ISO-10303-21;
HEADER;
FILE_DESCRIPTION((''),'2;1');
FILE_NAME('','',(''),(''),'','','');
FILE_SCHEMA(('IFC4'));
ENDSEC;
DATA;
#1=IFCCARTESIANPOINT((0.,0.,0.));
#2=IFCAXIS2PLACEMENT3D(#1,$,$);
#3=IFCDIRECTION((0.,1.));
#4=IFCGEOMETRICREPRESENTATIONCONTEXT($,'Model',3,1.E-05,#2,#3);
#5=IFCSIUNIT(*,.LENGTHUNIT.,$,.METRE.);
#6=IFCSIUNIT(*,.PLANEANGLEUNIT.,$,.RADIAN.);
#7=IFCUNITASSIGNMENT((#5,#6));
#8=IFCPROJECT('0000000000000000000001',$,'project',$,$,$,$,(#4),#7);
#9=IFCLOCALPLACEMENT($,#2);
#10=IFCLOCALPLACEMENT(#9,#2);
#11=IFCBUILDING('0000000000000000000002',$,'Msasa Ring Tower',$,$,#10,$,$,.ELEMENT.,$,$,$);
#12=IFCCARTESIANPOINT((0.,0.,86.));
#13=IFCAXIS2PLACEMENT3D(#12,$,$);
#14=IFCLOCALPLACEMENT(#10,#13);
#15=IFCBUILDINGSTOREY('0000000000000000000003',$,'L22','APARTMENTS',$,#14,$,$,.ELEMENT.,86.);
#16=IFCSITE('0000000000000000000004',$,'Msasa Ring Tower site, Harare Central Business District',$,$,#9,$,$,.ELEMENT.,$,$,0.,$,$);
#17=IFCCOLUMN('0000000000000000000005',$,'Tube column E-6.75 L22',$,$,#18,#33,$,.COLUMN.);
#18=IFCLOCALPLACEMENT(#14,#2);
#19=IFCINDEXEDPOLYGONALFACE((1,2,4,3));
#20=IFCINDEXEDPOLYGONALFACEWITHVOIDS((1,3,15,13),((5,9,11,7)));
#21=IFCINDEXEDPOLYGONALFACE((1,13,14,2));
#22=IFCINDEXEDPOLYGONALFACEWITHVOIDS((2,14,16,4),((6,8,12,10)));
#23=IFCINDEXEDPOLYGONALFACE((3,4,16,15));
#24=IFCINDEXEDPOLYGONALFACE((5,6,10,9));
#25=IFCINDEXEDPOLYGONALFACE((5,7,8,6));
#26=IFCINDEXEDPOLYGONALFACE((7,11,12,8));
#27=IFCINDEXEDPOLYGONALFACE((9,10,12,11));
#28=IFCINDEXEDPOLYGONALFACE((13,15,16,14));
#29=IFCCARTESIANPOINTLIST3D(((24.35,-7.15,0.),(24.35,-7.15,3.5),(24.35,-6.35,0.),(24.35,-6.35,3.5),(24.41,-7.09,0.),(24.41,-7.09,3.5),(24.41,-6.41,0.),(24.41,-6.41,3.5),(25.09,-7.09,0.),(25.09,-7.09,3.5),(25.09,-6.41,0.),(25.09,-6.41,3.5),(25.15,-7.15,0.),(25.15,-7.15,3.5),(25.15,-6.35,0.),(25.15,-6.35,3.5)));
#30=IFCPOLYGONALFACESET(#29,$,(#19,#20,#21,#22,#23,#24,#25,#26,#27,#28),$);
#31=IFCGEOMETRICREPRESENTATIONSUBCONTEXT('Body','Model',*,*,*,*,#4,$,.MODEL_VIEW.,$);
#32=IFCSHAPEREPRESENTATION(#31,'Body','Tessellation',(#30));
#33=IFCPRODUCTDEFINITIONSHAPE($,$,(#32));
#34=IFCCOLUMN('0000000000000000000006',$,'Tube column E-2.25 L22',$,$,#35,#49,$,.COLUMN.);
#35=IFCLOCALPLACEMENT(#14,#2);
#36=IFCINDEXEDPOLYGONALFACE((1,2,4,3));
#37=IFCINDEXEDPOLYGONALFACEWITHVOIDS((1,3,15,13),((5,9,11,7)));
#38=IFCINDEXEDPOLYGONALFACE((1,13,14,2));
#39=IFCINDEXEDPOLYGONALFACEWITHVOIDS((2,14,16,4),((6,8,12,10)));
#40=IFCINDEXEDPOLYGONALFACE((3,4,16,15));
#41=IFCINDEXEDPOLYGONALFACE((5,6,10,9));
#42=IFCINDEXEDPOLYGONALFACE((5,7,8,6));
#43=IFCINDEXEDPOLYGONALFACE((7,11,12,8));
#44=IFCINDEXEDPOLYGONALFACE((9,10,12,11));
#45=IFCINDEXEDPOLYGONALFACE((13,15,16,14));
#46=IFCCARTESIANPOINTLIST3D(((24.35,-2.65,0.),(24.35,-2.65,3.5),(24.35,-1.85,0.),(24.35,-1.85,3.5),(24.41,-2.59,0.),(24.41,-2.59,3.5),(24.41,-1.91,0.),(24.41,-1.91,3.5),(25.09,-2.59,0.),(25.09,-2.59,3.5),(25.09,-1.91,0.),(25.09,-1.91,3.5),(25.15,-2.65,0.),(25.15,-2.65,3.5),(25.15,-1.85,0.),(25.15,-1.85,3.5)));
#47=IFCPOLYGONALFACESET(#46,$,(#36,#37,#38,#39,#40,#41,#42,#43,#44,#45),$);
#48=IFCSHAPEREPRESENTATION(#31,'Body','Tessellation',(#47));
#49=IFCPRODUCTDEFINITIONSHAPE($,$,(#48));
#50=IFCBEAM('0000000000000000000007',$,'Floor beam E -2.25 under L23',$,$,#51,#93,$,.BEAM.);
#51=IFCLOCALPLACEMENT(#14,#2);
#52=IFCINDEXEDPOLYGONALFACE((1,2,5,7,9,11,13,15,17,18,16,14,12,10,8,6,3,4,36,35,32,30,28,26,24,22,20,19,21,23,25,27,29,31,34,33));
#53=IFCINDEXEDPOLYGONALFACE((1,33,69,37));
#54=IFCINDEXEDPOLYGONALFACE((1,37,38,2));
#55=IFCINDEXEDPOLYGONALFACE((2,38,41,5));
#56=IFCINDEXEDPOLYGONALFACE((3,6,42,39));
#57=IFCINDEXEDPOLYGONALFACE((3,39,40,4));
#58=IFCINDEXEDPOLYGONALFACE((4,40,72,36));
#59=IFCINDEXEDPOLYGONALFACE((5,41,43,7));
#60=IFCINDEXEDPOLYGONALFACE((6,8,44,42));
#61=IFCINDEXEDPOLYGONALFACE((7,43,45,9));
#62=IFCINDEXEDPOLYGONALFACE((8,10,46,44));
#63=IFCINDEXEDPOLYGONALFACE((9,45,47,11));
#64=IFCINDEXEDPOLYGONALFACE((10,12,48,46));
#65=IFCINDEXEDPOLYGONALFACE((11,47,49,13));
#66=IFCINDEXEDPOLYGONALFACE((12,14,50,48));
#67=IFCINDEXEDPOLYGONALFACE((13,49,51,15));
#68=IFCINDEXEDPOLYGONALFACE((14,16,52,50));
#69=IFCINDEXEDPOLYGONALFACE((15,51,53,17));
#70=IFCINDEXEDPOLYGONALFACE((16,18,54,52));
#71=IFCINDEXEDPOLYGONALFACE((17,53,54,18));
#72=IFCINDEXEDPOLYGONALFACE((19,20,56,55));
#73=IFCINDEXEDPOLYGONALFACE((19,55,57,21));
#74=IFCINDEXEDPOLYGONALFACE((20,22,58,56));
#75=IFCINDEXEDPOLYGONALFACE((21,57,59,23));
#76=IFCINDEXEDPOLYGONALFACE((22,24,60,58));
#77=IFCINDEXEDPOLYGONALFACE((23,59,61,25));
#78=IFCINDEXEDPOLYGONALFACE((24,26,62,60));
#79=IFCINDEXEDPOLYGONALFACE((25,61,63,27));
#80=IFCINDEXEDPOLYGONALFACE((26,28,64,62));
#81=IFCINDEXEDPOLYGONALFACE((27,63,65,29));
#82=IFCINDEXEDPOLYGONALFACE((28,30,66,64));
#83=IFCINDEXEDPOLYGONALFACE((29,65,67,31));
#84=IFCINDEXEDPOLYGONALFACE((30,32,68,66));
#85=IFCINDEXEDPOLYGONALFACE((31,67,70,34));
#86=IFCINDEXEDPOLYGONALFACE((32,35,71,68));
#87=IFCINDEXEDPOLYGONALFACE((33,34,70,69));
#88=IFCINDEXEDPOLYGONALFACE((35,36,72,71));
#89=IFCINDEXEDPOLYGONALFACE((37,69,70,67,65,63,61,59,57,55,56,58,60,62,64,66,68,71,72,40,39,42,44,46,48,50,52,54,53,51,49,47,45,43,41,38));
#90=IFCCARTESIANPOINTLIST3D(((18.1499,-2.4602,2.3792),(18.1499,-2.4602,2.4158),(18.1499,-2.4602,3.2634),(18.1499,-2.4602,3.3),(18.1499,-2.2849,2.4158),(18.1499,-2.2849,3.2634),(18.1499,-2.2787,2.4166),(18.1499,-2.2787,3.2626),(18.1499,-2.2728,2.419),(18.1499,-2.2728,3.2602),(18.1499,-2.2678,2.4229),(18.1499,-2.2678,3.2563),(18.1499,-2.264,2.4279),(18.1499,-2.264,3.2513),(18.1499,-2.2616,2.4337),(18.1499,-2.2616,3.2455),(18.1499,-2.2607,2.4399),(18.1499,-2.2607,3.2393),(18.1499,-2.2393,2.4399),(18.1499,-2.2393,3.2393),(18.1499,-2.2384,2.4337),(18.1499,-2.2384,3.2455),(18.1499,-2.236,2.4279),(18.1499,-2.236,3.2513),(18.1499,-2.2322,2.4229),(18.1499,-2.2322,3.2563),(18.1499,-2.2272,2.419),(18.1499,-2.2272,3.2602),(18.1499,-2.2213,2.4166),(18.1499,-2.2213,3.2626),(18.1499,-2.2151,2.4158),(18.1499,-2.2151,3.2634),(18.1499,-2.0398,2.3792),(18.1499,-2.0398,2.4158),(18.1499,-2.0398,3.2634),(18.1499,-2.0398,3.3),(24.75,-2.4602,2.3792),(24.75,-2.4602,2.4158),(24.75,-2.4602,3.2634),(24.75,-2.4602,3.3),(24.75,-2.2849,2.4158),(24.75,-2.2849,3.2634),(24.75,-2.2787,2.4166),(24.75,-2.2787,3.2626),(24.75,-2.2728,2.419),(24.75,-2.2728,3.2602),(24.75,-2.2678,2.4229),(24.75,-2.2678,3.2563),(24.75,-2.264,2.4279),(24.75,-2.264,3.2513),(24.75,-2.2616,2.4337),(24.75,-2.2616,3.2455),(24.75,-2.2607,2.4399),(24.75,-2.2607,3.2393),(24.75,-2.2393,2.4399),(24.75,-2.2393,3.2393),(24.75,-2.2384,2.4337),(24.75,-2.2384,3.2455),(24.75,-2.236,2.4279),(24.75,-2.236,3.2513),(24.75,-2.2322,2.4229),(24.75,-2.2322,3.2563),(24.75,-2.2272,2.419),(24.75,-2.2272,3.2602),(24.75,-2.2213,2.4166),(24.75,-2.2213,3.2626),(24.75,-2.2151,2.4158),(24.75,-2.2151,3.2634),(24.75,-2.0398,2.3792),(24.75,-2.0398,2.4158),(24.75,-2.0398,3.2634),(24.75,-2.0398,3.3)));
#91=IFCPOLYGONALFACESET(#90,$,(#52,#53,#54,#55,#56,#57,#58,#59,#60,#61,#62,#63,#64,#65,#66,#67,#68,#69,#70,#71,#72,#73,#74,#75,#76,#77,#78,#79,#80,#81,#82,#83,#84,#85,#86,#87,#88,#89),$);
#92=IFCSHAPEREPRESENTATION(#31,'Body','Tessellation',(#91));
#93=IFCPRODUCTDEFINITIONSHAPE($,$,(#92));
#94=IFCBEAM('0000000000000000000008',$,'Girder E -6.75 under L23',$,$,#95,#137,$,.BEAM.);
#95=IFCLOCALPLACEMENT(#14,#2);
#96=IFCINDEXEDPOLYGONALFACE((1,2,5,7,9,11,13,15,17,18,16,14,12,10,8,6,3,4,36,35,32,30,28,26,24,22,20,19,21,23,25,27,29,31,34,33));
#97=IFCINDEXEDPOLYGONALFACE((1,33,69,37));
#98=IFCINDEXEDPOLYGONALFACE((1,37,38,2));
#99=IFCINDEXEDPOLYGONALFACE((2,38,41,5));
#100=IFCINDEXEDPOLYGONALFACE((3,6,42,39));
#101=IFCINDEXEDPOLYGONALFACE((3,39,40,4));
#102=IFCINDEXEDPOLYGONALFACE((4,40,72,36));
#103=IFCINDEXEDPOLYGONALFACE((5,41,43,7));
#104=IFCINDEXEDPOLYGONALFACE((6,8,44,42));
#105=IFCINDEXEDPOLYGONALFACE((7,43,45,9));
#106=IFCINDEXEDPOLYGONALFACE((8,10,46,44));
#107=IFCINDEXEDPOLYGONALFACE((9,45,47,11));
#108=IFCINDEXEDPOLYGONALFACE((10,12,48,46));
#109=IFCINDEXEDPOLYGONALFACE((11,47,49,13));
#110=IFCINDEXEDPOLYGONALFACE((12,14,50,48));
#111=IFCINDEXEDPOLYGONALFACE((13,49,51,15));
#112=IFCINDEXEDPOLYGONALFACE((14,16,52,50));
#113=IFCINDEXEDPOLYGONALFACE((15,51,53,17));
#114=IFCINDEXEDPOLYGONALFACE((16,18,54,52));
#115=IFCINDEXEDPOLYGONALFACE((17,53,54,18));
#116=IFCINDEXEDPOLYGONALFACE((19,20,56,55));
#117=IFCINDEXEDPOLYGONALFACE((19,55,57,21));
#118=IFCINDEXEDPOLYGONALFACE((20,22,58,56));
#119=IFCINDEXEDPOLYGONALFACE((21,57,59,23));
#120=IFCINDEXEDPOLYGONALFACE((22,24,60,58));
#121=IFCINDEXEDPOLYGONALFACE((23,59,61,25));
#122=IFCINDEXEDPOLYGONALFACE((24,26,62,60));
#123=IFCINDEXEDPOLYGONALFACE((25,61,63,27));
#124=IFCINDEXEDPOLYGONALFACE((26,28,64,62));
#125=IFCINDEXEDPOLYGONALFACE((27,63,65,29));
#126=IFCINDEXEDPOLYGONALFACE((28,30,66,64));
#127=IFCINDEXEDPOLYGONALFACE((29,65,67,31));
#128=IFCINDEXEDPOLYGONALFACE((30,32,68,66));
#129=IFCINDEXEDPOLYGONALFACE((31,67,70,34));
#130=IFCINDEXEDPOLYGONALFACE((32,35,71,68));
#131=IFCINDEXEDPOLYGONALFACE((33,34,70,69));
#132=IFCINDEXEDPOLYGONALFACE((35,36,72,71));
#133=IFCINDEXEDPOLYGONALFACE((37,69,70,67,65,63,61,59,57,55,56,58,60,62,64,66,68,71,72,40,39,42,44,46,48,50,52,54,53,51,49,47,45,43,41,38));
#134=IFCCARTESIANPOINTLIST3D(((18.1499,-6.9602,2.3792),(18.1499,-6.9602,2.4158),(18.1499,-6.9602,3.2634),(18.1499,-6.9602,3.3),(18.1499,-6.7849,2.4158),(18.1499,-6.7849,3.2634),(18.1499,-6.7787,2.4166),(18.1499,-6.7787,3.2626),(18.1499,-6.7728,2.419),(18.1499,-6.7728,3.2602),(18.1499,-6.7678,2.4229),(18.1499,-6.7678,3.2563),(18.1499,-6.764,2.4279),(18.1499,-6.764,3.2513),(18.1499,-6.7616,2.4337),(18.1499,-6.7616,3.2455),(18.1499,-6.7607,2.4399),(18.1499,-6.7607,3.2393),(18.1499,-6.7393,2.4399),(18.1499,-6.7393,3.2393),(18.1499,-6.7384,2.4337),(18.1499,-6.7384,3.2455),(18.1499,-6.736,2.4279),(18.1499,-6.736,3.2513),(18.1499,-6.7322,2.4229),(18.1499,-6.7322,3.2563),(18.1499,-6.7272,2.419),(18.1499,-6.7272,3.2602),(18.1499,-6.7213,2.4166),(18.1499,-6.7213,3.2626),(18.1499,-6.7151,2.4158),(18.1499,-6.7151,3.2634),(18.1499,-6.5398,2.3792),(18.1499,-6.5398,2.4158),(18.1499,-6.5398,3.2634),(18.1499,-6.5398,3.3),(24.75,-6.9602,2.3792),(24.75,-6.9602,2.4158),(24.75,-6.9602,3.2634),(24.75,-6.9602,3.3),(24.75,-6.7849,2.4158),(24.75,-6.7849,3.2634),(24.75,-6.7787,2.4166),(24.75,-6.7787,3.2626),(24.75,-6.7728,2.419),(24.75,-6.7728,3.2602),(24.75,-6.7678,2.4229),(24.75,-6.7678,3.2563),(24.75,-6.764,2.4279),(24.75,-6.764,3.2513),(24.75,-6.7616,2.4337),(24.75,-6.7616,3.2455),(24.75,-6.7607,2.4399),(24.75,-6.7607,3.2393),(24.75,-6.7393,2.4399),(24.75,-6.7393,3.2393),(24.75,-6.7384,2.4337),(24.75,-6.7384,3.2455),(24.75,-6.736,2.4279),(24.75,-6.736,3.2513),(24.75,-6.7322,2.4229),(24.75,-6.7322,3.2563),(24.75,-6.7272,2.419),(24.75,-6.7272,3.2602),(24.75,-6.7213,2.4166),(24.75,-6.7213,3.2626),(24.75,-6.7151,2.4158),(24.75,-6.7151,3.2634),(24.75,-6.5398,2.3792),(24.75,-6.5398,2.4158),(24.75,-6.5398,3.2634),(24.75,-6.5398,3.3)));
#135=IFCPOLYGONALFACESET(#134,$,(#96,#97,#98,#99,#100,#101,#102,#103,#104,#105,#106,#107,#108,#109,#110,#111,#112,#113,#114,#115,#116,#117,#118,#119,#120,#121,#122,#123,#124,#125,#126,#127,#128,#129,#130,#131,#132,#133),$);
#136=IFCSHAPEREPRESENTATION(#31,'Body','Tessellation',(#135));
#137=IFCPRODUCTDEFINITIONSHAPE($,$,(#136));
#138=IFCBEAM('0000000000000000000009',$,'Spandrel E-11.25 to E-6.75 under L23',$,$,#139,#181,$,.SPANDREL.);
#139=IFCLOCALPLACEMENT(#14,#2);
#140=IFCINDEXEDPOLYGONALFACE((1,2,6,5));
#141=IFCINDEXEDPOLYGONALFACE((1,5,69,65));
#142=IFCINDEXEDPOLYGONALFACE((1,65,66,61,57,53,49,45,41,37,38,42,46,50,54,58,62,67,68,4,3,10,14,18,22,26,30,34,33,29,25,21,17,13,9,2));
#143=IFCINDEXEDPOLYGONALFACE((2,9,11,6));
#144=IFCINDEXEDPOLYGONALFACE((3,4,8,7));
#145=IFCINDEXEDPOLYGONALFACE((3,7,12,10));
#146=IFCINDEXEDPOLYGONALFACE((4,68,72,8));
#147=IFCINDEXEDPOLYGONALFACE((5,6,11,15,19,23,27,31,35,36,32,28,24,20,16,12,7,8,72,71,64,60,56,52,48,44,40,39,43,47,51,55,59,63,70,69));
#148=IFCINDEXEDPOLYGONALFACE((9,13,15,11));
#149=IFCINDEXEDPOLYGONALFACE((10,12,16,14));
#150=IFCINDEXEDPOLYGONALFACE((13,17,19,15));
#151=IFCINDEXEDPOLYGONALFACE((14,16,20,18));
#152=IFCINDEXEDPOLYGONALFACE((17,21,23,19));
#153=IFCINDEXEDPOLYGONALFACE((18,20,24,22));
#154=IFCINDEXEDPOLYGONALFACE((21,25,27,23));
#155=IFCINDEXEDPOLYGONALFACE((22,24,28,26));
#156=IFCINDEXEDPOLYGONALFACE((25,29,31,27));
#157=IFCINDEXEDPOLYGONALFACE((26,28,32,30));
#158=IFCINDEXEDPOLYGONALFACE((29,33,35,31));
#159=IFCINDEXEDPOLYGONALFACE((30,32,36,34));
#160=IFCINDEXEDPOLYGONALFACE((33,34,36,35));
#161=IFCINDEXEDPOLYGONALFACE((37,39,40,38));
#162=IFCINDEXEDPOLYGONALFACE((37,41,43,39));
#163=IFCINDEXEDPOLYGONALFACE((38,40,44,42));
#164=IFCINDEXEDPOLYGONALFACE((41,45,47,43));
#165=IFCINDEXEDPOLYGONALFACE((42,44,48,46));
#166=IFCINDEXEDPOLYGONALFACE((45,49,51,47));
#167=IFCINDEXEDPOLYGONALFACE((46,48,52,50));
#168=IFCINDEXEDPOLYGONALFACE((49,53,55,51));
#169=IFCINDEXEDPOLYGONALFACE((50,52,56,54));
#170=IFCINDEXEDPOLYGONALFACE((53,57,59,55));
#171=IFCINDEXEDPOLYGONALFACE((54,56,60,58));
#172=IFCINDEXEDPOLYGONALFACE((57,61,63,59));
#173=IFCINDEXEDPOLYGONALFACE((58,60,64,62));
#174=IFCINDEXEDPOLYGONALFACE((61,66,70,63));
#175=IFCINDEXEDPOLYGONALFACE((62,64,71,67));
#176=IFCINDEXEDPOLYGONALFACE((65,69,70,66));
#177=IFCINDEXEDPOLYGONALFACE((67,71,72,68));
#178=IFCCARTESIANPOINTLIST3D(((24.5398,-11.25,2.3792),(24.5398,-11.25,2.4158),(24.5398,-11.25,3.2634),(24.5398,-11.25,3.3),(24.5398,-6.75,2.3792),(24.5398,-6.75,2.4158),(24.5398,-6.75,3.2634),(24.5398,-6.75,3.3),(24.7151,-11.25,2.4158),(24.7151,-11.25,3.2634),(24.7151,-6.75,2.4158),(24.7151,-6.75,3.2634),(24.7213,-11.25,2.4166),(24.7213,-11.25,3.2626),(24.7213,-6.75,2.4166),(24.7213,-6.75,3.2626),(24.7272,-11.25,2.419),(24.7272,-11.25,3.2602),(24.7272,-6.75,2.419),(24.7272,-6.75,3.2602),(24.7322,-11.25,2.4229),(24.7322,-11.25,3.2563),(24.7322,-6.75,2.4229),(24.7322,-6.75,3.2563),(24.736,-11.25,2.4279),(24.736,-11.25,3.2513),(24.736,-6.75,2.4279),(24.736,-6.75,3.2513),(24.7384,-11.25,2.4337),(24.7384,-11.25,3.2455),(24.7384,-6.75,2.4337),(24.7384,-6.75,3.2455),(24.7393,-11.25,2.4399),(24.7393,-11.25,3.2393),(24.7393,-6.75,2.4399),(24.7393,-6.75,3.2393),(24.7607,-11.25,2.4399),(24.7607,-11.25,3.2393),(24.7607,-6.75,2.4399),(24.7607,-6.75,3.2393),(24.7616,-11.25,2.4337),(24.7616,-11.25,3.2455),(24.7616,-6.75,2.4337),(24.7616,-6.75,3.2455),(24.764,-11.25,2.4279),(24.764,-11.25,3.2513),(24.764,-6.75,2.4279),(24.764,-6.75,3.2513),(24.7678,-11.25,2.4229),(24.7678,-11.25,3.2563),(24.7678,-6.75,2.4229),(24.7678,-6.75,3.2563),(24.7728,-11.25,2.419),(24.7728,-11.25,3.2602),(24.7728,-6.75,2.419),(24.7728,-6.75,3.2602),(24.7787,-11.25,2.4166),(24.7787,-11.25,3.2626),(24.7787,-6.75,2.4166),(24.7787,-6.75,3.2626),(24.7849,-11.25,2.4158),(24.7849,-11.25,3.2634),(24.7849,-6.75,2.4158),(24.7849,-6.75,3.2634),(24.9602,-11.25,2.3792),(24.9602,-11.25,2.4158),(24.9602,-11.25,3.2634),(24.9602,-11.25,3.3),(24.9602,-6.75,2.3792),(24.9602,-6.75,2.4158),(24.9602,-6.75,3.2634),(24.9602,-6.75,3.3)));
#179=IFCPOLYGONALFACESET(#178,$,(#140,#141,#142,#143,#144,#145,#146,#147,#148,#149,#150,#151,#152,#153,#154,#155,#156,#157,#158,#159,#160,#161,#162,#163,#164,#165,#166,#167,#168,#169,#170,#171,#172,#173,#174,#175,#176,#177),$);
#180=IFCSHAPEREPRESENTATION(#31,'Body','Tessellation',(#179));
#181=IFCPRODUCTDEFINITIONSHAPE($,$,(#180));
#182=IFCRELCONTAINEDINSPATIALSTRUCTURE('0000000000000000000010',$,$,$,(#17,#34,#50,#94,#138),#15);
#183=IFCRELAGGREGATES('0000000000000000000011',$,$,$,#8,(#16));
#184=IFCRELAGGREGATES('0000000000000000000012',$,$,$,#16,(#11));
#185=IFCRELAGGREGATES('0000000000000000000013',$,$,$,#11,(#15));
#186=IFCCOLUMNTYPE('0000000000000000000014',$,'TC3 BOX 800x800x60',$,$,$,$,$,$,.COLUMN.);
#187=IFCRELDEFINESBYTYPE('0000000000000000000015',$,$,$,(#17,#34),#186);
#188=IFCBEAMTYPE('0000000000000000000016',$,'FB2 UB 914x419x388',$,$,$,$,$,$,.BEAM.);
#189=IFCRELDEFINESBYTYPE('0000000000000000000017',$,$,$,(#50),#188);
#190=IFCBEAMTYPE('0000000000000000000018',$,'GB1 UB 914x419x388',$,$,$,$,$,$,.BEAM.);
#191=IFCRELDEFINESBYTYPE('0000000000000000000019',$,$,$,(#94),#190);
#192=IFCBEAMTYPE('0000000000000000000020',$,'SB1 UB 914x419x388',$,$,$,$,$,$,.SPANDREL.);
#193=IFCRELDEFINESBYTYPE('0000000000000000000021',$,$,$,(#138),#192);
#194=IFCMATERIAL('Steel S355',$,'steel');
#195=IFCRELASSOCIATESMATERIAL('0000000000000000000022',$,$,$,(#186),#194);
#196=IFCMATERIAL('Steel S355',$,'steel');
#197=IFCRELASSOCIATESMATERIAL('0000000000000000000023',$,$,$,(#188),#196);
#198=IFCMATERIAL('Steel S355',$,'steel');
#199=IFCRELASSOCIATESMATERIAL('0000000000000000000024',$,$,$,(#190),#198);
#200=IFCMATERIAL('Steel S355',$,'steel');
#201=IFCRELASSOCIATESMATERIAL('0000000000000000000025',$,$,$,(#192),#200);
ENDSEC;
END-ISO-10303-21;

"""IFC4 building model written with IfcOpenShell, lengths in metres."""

from ifc_helpers import new_model, si_unit, direction, frame, origin, origin_2d, place, context, subcontext, project, spatial, hollow_rectangle, i_section, extrude, material, material_profile, profile_set, type_object, element, save


model = new_model("IFC4")

# Units and contexts
model_context = context("Model", 3, precision=1e-05, world=origin(), true_north=direction((0.0, 1.0)))
body_context = subcontext(model_context, "Body", "Model", "MODEL_VIEW")
ifc_project = project(units=[si_unit("LENGTHUNIT", "METRE"), si_unit("PLANEANGLEUNIT", "RADIAN")], contexts=[model_context])

# Site, building, storey
site_placement = place(None, origin())
site = spatial("IfcSite", under=ifc_project, at=site_placement, Name="Msasa Ring Tower site, Harare Central Business District", CompositionType="ELEMENT", RefElevation=0.0)
building_placement = place(site_placement, origin())
building = spatial("IfcBuilding", under=site, at=building_placement, Name="Msasa Ring Tower", CompositionType="ELEMENT")
storey_placement = place(building_placement, frame((0.0, 0.0, 86.0)))
storey = spatial("IfcBuildingStorey", under=building, at=storey_placement, Name="L22", Description="APARTMENTS", CompositionType="ELEMENT", Elevation=86.0)

# Columns
ifc_material_1 = material(Name="Steel S355", Category="steel")
ifc_material_profile_1 = material_profile(ifc_material_1, hollow_rectangle(XDim=0.8, YDim=0.8, WallThickness=0.0601, at=origin_2d()), Name="BOX 800x800x60")
ifc_profile_set_1 = profile_set([ifc_material_profile_1], Name="Steel S355")
column_type = type_object("IfcColumnType", Name="TC3 BOX 800x800x60", PredefinedType="COLUMN", material=ifc_profile_set_1)
for number, where, z_axis, x_axis, name in (
    (1, (24.75, -6.75, 0.0), (0.0, 0.0, 1.0), (1.0, 0.0, 0.0), "Tube column E-6.75 L22"),
    (2, (24.75, -2.25, 0.0), (0.0, 0.0, 1.0), (1.0, 0.0, 0.0), "Tube column E-2.25 L22"),
):
    element("IfcColumn", number, at=place(storey_placement, frame(where, z_axis=z_axis, x_axis=x_axis)), inside=storey, type_object=column_type, Name=name, PredefinedType="COLUMN", context=body_context, shape_type="SweptSolid", body=[
        extrude(hollow_rectangle(XDim=0.8, YDim=0.8, WallThickness=0.0601, at=origin_2d()), origin(), (0.0, 0.0, 1.0), 3.5),
    ])

# Beams
ifc_material_2 = material(Name="Steel S355", Category="steel")
ifc_material_profile_2 = material_profile(ifc_material_2, i_section(OverallWidth=0.4204, OverallDepth=0.9209, WebThickness=0.0215, FlangeThickness=0.0366, FilletRadius=0.0242, at=origin_2d()), Name="UB 914x419x388")
ifc_profile_set_2 = profile_set([ifc_material_profile_2], Name="Steel S355")
beam_type_1 = type_object("IfcBeamType", Name="FB2 UB 914x419x388", PredefinedType="BEAM", material=ifc_profile_set_2)
beam_1_placement = place(storey_placement, frame((24.75, -2.25, 2.8396), z_axis=(-1.0, 0.0, 0.0), x_axis=(0.0, -1.0, 0.0)))
element("IfcBeam", 3, at=beam_1_placement, inside=storey, type_object=beam_type_1, Name="Floor beam E -2.25 under L23", PredefinedType="BEAM", context=body_context, shape_type="SweptSolid", body=[
    extrude(i_section(OverallWidth=0.4204, OverallDepth=0.9209, WebThickness=0.0215, FlangeThickness=0.0366, FilletRadius=0.0242, at=origin_2d()), origin(), (0.0, 0.0, 1.0), 6.6001),
])
ifc_material_3 = material(Name="Steel S355", Category="steel")
ifc_material_profile_3 = material_profile(ifc_material_3, i_section(OverallWidth=0.4204, OverallDepth=0.9209, WebThickness=0.0215, FlangeThickness=0.0366, FilletRadius=0.0242, at=origin_2d()), Name="UB 914x419x388")
ifc_profile_set_3 = profile_set([ifc_material_profile_3], Name="Steel S355")
beam_type_2 = type_object("IfcBeamType", Name="GB1 UB 914x419x388", PredefinedType="BEAM", material=ifc_profile_set_3)
beam_2_placement = place(storey_placement, frame((18.1499, -6.75, 2.8396), z_axis=(1.0, 0.0, 0.0), x_axis=(0.0, 1.0, 0.0)))
element("IfcBeam", 4, at=beam_2_placement, inside=storey, type_object=beam_type_2, Name="Girder E -6.75 under L23", PredefinedType="BEAM", context=body_context, shape_type="SweptSolid", body=[
    extrude(i_section(OverallWidth=0.4204, OverallDepth=0.9209, WebThickness=0.0215, FlangeThickness=0.0366, FilletRadius=0.0242, at=origin_2d()), origin(), (0.0, 0.0, 1.0), 6.6001),
])
ifc_material_4 = material(Name="Steel S355", Category="steel")
ifc_material_profile_4 = material_profile(ifc_material_4, i_section(OverallWidth=0.4204, OverallDepth=0.9209, WebThickness=0.0215, FlangeThickness=0.0366, FilletRadius=0.0242, at=origin_2d()), Name="UB 914x419x388")
ifc_profile_set_4 = profile_set([ifc_material_profile_4], Name="Steel S355")
beam_type_3 = type_object("IfcBeamType", Name="SB1 UB 914x419x388", PredefinedType="SPANDREL", material=ifc_profile_set_4)
for number, where, z_axis, x_axis, name in (
    (5, (24.75, -11.25, 2.8396), (0.0, 1.0, 0.0), (-1.0, 0.0, 0.0), "Spandrel E-11.25 to E-6.75 under L23"),
):
    element("IfcBeam", number, at=place(storey_placement, frame(where, z_axis=z_axis, x_axis=x_axis)), inside=storey, type_object=beam_type_3, Name=name, PredefinedType="SPANDREL", context=body_context, shape_type="SweptSolid", body=[
        extrude(i_section(OverallWidth=0.4204, OverallDepth=0.9209, WebThickness=0.0215, FlangeThickness=0.0366, FilletRadius=0.0242, at=origin_2d()), origin(), (0.0, 0.0, 1.0), 4.5),
    ])

save(model, "model.ifc")
